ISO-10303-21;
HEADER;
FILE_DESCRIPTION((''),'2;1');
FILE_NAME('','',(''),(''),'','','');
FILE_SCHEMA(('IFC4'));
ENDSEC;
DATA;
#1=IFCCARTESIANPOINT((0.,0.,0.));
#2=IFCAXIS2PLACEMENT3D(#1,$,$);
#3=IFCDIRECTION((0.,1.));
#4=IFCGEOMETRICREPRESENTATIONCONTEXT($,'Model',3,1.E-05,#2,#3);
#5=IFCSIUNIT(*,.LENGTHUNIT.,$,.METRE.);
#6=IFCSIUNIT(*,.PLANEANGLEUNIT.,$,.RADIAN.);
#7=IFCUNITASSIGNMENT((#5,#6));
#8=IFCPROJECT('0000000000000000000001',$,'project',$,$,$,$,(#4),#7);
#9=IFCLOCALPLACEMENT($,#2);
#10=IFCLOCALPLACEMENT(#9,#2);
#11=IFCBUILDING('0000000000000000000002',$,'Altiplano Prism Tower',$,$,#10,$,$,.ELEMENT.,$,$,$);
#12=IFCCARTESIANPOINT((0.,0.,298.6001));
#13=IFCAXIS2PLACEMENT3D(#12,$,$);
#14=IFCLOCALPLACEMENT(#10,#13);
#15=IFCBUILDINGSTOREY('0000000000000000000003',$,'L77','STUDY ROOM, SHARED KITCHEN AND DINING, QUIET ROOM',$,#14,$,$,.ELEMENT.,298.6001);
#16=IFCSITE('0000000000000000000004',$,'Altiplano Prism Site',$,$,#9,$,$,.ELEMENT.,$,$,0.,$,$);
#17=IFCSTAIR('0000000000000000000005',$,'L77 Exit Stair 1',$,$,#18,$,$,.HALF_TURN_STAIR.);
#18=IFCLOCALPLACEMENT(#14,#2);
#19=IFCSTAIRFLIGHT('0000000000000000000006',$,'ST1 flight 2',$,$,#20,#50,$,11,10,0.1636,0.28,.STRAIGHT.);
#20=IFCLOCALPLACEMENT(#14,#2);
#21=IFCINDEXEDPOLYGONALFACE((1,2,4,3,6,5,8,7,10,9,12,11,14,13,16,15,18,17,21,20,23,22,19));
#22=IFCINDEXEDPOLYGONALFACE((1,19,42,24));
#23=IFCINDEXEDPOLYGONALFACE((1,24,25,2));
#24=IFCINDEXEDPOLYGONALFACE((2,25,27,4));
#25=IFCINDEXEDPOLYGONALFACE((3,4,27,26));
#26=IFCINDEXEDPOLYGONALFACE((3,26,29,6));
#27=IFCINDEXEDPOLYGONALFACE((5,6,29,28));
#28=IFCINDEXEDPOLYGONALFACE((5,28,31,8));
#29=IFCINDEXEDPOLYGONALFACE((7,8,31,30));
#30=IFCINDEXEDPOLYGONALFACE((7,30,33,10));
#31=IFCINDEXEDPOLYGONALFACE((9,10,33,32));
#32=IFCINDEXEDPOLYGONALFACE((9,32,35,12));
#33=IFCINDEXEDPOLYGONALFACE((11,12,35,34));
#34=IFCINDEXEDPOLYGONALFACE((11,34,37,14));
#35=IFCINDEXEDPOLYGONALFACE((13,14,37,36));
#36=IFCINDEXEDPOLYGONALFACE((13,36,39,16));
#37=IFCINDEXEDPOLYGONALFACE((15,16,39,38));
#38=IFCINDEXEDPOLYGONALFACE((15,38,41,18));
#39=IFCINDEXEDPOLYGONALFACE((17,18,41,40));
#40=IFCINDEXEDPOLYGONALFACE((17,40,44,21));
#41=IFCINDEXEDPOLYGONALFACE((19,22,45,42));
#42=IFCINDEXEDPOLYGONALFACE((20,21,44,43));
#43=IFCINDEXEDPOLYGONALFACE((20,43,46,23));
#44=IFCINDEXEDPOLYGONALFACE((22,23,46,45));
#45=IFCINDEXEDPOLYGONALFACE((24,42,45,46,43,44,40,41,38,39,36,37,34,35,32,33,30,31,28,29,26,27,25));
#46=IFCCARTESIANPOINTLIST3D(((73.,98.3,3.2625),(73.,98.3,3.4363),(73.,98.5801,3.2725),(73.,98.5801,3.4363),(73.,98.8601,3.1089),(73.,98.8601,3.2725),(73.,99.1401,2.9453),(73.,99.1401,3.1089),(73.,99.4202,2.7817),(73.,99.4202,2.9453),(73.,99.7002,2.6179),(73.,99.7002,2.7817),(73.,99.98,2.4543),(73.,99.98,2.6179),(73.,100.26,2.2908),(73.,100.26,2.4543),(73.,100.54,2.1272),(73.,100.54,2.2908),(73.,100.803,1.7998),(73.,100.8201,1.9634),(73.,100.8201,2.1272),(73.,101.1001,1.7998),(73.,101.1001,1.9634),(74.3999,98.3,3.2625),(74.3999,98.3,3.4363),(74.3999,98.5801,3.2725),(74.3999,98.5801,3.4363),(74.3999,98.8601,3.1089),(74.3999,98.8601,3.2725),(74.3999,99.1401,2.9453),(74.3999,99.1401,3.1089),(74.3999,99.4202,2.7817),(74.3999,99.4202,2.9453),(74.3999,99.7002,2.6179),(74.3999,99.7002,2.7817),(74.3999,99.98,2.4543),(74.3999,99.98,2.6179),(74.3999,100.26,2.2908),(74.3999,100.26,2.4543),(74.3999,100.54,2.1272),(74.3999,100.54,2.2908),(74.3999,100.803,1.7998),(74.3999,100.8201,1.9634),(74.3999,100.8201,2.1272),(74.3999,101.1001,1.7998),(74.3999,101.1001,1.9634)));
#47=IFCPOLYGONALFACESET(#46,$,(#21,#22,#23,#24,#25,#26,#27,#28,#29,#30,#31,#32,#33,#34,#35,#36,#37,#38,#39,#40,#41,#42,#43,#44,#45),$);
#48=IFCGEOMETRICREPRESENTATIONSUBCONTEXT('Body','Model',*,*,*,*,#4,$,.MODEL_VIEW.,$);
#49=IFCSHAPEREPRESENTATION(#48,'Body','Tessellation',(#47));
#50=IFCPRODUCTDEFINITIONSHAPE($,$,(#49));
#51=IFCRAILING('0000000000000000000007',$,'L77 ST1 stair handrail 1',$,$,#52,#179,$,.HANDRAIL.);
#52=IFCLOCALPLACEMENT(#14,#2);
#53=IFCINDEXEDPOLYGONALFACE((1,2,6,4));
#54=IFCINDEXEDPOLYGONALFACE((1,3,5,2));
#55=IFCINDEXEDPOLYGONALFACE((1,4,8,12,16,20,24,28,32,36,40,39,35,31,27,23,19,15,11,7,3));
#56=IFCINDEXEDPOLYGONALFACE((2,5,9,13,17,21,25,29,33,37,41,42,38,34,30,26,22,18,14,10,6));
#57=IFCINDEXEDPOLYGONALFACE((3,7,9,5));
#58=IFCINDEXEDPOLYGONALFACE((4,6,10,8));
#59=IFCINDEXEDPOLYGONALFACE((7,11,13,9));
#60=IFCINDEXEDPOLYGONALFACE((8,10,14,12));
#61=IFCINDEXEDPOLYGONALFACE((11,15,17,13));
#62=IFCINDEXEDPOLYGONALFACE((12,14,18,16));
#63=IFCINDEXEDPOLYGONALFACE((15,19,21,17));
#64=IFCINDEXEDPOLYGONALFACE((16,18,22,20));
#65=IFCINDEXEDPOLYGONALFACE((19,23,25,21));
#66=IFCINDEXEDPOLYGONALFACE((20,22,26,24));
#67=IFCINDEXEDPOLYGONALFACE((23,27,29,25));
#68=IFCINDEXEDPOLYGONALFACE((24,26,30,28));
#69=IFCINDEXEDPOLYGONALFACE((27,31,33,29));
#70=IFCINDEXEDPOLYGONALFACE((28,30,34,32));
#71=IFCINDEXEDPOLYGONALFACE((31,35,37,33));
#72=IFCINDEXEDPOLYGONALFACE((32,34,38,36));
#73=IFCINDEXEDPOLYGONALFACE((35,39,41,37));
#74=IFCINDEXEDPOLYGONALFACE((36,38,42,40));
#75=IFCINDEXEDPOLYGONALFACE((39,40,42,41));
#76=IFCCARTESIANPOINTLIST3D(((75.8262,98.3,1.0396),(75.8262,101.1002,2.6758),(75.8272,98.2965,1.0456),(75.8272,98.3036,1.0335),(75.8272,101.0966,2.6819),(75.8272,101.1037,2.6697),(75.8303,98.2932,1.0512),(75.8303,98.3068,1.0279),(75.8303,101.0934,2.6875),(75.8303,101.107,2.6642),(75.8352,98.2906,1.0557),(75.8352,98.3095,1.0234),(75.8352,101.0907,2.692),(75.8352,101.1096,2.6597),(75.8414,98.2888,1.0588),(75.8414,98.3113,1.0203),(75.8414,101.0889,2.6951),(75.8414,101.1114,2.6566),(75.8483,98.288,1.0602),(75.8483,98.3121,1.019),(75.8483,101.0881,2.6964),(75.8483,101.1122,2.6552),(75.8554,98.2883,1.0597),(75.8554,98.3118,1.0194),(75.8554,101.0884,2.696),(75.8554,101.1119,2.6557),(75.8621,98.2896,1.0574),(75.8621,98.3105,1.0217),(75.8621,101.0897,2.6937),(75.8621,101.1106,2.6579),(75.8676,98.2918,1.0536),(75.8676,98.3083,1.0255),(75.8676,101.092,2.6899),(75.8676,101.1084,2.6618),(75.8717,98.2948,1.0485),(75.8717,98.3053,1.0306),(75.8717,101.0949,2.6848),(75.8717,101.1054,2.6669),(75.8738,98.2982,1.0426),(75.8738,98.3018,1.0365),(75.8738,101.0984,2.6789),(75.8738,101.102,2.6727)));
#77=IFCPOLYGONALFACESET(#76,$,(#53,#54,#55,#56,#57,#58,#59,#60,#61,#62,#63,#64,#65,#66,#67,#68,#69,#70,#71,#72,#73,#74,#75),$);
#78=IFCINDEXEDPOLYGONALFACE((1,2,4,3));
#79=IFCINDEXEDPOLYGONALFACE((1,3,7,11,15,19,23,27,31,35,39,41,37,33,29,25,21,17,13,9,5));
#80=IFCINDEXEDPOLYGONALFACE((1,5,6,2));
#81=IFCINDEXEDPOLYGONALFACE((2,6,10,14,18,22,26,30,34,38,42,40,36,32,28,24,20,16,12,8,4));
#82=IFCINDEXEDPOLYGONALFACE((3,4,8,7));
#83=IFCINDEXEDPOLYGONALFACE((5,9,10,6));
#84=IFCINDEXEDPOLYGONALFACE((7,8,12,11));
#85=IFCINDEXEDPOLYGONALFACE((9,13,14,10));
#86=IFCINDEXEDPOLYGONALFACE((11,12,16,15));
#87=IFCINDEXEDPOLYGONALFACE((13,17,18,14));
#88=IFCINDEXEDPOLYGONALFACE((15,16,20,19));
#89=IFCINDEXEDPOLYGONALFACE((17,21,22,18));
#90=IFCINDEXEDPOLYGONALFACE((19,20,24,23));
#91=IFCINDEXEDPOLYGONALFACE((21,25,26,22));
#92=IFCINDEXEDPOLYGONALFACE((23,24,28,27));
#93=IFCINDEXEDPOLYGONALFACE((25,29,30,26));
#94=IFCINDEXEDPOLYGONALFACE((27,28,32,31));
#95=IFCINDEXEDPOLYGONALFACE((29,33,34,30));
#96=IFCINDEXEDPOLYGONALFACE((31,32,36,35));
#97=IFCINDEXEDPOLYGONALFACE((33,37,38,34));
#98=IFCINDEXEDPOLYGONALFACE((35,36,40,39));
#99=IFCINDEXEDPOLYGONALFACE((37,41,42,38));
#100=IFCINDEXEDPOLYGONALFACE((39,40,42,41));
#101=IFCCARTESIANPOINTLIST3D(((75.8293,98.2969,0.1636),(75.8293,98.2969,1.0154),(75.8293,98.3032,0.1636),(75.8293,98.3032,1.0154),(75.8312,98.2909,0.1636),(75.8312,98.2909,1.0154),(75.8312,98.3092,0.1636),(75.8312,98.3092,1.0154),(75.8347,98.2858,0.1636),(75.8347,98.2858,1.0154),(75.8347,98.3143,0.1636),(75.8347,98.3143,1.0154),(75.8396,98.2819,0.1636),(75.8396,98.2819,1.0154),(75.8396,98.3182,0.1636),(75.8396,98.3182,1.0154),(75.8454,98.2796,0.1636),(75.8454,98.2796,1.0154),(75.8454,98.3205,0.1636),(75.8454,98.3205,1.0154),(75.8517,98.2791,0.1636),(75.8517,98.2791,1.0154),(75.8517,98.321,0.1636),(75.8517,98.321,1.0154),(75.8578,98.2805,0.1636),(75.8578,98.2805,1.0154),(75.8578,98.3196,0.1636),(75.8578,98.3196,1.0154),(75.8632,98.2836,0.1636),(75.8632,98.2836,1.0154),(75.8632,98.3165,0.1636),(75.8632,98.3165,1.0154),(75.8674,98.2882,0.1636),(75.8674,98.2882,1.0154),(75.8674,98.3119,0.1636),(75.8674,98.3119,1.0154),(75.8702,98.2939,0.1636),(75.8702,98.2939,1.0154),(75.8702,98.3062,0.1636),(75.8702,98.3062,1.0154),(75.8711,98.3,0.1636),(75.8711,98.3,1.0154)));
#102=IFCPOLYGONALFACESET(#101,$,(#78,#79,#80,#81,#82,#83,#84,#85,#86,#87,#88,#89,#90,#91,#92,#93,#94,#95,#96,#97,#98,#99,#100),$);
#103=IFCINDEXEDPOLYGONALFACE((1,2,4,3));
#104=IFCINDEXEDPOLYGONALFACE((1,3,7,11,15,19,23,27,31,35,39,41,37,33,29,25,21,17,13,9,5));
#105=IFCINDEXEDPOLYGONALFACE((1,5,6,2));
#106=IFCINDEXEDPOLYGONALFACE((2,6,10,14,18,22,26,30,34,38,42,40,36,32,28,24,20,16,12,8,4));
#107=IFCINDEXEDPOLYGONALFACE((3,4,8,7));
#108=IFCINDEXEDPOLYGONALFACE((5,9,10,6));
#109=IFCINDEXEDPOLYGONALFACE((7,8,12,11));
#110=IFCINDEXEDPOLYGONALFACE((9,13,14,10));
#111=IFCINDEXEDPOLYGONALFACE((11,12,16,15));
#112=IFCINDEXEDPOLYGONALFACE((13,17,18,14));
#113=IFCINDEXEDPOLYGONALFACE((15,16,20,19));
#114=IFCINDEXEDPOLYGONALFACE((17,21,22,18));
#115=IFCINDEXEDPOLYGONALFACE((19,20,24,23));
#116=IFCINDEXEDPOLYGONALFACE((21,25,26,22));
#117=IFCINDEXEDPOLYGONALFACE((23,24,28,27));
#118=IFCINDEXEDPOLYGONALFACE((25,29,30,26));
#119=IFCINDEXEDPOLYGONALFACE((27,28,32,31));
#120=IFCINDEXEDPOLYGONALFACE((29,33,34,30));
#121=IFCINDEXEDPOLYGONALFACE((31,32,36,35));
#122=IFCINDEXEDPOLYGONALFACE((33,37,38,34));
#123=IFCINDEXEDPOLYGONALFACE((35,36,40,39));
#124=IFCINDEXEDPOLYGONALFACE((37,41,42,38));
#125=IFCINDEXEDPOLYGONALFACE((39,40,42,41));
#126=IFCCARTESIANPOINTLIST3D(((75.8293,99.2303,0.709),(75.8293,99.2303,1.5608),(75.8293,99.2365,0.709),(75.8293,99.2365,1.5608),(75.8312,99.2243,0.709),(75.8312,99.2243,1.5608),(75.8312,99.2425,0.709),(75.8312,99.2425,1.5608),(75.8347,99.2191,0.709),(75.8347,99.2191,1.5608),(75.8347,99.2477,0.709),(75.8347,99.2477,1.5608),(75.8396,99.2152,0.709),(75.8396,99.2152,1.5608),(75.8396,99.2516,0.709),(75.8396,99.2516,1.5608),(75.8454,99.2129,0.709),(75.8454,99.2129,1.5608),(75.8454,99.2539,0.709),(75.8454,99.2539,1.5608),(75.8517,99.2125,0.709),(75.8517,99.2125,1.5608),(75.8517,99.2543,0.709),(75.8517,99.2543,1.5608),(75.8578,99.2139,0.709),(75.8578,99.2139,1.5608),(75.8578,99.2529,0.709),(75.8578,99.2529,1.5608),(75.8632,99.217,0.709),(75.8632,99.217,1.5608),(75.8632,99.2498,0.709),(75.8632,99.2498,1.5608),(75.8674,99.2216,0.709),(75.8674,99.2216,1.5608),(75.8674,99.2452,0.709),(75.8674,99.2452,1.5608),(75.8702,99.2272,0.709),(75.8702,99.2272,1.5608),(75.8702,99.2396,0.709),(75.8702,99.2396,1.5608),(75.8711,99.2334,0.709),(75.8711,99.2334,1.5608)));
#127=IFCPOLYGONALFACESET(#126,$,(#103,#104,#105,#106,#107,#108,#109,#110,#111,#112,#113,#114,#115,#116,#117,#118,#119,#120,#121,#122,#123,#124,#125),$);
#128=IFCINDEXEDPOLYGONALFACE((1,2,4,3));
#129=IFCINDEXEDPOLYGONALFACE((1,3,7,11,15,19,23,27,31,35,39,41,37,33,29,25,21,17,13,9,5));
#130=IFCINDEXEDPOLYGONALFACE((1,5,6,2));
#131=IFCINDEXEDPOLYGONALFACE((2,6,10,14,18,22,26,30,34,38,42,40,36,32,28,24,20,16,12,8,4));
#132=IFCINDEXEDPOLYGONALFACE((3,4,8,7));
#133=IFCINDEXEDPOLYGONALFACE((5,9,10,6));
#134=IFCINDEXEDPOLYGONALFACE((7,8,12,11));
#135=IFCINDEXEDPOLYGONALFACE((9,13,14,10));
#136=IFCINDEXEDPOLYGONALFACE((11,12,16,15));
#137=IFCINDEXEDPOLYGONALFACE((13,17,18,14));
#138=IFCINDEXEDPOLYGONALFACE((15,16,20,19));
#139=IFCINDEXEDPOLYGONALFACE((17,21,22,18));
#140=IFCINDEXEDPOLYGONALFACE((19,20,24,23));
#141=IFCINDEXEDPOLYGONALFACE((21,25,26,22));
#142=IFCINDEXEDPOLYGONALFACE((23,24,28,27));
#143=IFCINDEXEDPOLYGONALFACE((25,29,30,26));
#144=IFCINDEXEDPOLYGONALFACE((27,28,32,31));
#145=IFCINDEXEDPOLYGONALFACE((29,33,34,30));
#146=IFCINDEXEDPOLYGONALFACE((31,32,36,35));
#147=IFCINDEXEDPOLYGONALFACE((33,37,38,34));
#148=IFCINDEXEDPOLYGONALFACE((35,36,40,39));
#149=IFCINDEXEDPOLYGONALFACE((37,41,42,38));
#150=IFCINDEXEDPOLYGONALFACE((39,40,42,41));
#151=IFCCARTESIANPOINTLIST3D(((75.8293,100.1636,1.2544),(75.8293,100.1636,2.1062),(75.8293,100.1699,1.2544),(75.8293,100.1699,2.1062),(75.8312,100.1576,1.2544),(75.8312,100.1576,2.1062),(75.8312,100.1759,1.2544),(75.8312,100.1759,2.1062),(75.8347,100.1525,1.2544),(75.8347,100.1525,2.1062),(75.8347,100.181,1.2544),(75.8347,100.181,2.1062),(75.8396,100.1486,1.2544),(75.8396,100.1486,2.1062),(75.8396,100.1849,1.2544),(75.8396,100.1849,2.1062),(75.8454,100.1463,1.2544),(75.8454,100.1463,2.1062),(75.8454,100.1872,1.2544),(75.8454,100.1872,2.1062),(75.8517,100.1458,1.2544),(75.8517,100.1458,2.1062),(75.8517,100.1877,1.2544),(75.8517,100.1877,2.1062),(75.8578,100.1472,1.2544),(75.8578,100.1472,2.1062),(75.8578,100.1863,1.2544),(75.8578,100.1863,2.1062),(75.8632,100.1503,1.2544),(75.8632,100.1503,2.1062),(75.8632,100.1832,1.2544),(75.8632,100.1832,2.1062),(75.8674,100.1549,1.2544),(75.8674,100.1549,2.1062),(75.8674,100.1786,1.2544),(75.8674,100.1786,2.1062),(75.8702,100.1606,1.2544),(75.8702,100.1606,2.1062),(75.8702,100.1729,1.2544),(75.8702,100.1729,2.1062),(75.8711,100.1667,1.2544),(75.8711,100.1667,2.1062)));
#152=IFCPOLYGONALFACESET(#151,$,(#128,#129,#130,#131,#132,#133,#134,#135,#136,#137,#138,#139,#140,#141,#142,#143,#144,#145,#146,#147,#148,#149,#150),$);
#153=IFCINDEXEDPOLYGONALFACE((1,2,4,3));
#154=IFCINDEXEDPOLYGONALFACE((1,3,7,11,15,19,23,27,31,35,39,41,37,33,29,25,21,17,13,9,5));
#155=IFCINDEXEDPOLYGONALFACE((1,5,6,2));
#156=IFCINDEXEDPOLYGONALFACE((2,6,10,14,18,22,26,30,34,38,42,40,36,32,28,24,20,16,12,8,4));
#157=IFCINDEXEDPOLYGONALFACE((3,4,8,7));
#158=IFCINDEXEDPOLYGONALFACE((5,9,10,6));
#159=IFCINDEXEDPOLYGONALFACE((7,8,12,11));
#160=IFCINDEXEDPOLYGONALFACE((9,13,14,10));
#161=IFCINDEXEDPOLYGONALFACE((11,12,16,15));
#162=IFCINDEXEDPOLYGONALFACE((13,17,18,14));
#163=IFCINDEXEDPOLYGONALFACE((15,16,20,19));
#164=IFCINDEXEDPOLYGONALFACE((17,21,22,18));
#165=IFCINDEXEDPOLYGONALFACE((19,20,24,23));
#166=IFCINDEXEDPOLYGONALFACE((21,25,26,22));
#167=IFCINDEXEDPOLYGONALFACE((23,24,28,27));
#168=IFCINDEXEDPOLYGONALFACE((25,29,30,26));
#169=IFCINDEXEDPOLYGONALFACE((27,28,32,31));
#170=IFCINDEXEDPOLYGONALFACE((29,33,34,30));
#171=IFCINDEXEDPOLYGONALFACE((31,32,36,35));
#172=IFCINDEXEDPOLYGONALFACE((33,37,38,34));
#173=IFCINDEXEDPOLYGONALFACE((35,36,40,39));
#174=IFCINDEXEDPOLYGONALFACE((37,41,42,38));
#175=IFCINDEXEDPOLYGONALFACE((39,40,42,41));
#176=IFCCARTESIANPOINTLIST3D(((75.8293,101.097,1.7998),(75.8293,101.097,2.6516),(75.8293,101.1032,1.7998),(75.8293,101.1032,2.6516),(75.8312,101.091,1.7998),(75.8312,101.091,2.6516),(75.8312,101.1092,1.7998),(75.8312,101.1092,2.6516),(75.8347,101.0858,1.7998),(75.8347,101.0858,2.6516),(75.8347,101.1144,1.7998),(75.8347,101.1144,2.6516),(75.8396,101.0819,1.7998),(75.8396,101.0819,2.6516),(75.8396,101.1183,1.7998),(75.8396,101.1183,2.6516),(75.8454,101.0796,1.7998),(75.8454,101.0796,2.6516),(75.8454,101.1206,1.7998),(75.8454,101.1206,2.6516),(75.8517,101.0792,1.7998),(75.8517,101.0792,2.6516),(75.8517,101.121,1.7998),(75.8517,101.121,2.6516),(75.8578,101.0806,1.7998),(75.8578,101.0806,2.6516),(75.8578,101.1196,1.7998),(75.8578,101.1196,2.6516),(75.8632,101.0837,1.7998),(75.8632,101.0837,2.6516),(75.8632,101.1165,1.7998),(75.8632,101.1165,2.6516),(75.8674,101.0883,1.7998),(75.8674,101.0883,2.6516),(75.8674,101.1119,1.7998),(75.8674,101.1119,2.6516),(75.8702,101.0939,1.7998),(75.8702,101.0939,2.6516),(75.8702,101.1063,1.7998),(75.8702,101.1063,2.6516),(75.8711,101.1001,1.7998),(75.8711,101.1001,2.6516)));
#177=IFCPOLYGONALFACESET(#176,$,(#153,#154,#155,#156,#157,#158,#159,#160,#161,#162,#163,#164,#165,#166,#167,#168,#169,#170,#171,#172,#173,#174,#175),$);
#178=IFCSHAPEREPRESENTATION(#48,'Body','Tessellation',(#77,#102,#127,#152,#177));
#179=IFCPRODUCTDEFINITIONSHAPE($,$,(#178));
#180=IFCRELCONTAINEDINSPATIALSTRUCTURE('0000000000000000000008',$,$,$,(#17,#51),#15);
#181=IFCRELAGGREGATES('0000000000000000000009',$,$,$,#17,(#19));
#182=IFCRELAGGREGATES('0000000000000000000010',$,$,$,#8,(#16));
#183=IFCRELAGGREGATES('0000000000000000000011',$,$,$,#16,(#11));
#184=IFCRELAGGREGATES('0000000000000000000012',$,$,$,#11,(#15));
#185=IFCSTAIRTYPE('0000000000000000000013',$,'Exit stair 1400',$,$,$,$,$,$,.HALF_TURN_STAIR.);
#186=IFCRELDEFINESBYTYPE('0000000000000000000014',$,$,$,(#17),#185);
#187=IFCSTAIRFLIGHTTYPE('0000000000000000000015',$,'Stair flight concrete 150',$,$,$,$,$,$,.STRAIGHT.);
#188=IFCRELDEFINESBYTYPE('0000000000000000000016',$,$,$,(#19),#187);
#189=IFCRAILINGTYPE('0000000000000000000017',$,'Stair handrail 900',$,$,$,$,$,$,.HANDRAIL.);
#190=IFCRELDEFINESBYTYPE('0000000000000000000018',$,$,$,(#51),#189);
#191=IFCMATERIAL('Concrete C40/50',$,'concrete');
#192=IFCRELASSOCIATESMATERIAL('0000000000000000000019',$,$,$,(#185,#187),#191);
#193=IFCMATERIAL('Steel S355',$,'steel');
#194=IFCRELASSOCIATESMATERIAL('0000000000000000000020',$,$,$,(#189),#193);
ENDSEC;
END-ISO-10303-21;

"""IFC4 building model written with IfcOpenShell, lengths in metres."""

from ifc_helpers import new_model, si_unit, direction, frame, origin, origin_2d, place, context, subcontext, project, spatial, polyline, circle, outline, extrude, material, type_object, element, aggregate, save


model = new_model("IFC4")

# Units and contexts
model_context = context("Model", 3, precision=1e-05, world=origin(), true_north=direction((0.0, 1.0)))
body_context = subcontext(model_context, "Body", "Model", "MODEL_VIEW")
ifc_project = project(units=[si_unit("LENGTHUNIT", "METRE"), si_unit("PLANEANGLEUNIT", "RADIAN")], contexts=[model_context])

# Site, building, storey
site_placement = place(None, origin())
site = spatial("IfcSite", under=ifc_project, at=site_placement, Name="Altiplano Prism Site", CompositionType="ELEMENT", RefElevation=0.0)
building_placement = place(site_placement, origin())
building = spatial("IfcBuilding", under=site, at=building_placement, Name="Altiplano Prism Tower", CompositionType="ELEMENT")
storey_placement = place(building_placement, frame((0.0, 0.0, 298.6001)))
storey = spatial("IfcBuildingStorey", under=building, at=storey_placement, Name="L77", Description="STUDY ROOM, SHARED KITCHEN AND DINING, QUIET ROOM", CompositionType="ELEMENT", Elevation=298.6001)

# Stair, stair flight
ifc_material_1 = material(Name="Concrete C40/50", Category="concrete")
stair_type = type_object("IfcStairType", Name="Exit stair 1400", PredefinedType="HALF_TURN_STAIR", material=ifc_material_1)
stair_placement = place(storey_placement, origin())
stair = element("IfcStair", 1, at=stair_placement, inside=storey, type_object=stair_type, Name="L77 Exit Stair 1", PredefinedType="HALF_TURN_STAIR")
stair_flight_type = type_object("IfcStairFlightType", Name="Stair flight concrete 150", PredefinedType="STRAIGHT", material=ifc_material_1)
stair_flight_1_placement = place(storey_placement, frame((73.7, 101.1001, 1.7998), z_axis=(0.0, 0.0, 1.0), x_axis=(0.0, -1.0, 0.0)))
stair_flight_1 = element("IfcStairFlight", 2, at=stair_flight_1_placement, type_object=stair_flight_type, Name="ST1 flight 2", NumberOfRisers=11, NumberOfTreads=10, PredefinedType="STRAIGHT", RiserHeight=0.1636, TreadLength=0.28, context=body_context, shape_type="SweptSolid", body=[
    extrude(outline(polyline([(0.0, 0.0), (0.0, 0.1636), (0.28, 0.1636), (0.28, 0.3274), (0.5601, 0.3274), (0.5601, 0.491), (0.8401, 0.491), (0.8401, 0.6545), (1.1201, 0.6545), (1.1201, 0.8181), (1.3999, 0.8181), (1.3999, 0.9819), (1.6799, 0.9819), (1.6799, 1.1455), (1.96, 1.1455), (1.96, 1.3091), (2.24, 1.3091), (2.24, 1.4727), (2.52, 1.4727), (2.52, 1.6365), (2.8, 1.6365), (2.8, 1.8), (2.8, 1.4626), (0.2971, 0.0), (0.0, 0.0)])), frame((0.0, 0.7, 0.0), z_axis=(0.0, -1.0, 0.0), x_axis=(1.0, 0.0, 0.0)), (0.0, 0.0, 1.0), 1.3999),
])
aggregate(stair, [stair_flight_1])

# Railing
ifc_material_2 = material(Name="Steel S355", Category="steel")
railing_type_1 = type_object("IfcRailingType", Name="Stair handrail 900", PredefinedType="HANDRAIL", material=ifc_material_2)
railing_1_placement = place(storey_placement, frame((75.8501, 98.3, 0.1636)))
element("IfcRailing", 3, at=railing_1_placement, inside=storey, type_object=railing_type_1, Name="L77 ST1 stair handrail 1", PredefinedType="HANDRAIL", context=body_context, shape_type="SweptSolid", body=[
    extrude(circle(Radius=0.0239, at=origin_2d()), frame((0.0, 0.0, 0.876), z_axis=(0.0, 0.863394, 0.504531), x_axis=(-1.0, 0.0, 0.0)), (0.0, 0.0, 1.0), 3.2432),
    extrude(circle(Radius=0.021, at=origin_2d()), origin(), (0.0, 0.0, 1.0), 0.8518),
    extrude(circle(Radius=0.021, at=origin_2d()), frame((0.0, 0.9333, 0.5454)), (0.0, 0.0, 1.0), 0.8518),
    extrude(circle(Radius=0.021, at=origin_2d()), frame((0.0, 1.8667, 1.0908)), (0.0, 0.0, 1.0), 0.8518),
    extrude(circle(Radius=0.021, at=origin_2d()), frame((0.0, 2.8, 1.6362)), (0.0, 0.0, 1.0), 0.8518),
])

save(model, "model.ifc")
